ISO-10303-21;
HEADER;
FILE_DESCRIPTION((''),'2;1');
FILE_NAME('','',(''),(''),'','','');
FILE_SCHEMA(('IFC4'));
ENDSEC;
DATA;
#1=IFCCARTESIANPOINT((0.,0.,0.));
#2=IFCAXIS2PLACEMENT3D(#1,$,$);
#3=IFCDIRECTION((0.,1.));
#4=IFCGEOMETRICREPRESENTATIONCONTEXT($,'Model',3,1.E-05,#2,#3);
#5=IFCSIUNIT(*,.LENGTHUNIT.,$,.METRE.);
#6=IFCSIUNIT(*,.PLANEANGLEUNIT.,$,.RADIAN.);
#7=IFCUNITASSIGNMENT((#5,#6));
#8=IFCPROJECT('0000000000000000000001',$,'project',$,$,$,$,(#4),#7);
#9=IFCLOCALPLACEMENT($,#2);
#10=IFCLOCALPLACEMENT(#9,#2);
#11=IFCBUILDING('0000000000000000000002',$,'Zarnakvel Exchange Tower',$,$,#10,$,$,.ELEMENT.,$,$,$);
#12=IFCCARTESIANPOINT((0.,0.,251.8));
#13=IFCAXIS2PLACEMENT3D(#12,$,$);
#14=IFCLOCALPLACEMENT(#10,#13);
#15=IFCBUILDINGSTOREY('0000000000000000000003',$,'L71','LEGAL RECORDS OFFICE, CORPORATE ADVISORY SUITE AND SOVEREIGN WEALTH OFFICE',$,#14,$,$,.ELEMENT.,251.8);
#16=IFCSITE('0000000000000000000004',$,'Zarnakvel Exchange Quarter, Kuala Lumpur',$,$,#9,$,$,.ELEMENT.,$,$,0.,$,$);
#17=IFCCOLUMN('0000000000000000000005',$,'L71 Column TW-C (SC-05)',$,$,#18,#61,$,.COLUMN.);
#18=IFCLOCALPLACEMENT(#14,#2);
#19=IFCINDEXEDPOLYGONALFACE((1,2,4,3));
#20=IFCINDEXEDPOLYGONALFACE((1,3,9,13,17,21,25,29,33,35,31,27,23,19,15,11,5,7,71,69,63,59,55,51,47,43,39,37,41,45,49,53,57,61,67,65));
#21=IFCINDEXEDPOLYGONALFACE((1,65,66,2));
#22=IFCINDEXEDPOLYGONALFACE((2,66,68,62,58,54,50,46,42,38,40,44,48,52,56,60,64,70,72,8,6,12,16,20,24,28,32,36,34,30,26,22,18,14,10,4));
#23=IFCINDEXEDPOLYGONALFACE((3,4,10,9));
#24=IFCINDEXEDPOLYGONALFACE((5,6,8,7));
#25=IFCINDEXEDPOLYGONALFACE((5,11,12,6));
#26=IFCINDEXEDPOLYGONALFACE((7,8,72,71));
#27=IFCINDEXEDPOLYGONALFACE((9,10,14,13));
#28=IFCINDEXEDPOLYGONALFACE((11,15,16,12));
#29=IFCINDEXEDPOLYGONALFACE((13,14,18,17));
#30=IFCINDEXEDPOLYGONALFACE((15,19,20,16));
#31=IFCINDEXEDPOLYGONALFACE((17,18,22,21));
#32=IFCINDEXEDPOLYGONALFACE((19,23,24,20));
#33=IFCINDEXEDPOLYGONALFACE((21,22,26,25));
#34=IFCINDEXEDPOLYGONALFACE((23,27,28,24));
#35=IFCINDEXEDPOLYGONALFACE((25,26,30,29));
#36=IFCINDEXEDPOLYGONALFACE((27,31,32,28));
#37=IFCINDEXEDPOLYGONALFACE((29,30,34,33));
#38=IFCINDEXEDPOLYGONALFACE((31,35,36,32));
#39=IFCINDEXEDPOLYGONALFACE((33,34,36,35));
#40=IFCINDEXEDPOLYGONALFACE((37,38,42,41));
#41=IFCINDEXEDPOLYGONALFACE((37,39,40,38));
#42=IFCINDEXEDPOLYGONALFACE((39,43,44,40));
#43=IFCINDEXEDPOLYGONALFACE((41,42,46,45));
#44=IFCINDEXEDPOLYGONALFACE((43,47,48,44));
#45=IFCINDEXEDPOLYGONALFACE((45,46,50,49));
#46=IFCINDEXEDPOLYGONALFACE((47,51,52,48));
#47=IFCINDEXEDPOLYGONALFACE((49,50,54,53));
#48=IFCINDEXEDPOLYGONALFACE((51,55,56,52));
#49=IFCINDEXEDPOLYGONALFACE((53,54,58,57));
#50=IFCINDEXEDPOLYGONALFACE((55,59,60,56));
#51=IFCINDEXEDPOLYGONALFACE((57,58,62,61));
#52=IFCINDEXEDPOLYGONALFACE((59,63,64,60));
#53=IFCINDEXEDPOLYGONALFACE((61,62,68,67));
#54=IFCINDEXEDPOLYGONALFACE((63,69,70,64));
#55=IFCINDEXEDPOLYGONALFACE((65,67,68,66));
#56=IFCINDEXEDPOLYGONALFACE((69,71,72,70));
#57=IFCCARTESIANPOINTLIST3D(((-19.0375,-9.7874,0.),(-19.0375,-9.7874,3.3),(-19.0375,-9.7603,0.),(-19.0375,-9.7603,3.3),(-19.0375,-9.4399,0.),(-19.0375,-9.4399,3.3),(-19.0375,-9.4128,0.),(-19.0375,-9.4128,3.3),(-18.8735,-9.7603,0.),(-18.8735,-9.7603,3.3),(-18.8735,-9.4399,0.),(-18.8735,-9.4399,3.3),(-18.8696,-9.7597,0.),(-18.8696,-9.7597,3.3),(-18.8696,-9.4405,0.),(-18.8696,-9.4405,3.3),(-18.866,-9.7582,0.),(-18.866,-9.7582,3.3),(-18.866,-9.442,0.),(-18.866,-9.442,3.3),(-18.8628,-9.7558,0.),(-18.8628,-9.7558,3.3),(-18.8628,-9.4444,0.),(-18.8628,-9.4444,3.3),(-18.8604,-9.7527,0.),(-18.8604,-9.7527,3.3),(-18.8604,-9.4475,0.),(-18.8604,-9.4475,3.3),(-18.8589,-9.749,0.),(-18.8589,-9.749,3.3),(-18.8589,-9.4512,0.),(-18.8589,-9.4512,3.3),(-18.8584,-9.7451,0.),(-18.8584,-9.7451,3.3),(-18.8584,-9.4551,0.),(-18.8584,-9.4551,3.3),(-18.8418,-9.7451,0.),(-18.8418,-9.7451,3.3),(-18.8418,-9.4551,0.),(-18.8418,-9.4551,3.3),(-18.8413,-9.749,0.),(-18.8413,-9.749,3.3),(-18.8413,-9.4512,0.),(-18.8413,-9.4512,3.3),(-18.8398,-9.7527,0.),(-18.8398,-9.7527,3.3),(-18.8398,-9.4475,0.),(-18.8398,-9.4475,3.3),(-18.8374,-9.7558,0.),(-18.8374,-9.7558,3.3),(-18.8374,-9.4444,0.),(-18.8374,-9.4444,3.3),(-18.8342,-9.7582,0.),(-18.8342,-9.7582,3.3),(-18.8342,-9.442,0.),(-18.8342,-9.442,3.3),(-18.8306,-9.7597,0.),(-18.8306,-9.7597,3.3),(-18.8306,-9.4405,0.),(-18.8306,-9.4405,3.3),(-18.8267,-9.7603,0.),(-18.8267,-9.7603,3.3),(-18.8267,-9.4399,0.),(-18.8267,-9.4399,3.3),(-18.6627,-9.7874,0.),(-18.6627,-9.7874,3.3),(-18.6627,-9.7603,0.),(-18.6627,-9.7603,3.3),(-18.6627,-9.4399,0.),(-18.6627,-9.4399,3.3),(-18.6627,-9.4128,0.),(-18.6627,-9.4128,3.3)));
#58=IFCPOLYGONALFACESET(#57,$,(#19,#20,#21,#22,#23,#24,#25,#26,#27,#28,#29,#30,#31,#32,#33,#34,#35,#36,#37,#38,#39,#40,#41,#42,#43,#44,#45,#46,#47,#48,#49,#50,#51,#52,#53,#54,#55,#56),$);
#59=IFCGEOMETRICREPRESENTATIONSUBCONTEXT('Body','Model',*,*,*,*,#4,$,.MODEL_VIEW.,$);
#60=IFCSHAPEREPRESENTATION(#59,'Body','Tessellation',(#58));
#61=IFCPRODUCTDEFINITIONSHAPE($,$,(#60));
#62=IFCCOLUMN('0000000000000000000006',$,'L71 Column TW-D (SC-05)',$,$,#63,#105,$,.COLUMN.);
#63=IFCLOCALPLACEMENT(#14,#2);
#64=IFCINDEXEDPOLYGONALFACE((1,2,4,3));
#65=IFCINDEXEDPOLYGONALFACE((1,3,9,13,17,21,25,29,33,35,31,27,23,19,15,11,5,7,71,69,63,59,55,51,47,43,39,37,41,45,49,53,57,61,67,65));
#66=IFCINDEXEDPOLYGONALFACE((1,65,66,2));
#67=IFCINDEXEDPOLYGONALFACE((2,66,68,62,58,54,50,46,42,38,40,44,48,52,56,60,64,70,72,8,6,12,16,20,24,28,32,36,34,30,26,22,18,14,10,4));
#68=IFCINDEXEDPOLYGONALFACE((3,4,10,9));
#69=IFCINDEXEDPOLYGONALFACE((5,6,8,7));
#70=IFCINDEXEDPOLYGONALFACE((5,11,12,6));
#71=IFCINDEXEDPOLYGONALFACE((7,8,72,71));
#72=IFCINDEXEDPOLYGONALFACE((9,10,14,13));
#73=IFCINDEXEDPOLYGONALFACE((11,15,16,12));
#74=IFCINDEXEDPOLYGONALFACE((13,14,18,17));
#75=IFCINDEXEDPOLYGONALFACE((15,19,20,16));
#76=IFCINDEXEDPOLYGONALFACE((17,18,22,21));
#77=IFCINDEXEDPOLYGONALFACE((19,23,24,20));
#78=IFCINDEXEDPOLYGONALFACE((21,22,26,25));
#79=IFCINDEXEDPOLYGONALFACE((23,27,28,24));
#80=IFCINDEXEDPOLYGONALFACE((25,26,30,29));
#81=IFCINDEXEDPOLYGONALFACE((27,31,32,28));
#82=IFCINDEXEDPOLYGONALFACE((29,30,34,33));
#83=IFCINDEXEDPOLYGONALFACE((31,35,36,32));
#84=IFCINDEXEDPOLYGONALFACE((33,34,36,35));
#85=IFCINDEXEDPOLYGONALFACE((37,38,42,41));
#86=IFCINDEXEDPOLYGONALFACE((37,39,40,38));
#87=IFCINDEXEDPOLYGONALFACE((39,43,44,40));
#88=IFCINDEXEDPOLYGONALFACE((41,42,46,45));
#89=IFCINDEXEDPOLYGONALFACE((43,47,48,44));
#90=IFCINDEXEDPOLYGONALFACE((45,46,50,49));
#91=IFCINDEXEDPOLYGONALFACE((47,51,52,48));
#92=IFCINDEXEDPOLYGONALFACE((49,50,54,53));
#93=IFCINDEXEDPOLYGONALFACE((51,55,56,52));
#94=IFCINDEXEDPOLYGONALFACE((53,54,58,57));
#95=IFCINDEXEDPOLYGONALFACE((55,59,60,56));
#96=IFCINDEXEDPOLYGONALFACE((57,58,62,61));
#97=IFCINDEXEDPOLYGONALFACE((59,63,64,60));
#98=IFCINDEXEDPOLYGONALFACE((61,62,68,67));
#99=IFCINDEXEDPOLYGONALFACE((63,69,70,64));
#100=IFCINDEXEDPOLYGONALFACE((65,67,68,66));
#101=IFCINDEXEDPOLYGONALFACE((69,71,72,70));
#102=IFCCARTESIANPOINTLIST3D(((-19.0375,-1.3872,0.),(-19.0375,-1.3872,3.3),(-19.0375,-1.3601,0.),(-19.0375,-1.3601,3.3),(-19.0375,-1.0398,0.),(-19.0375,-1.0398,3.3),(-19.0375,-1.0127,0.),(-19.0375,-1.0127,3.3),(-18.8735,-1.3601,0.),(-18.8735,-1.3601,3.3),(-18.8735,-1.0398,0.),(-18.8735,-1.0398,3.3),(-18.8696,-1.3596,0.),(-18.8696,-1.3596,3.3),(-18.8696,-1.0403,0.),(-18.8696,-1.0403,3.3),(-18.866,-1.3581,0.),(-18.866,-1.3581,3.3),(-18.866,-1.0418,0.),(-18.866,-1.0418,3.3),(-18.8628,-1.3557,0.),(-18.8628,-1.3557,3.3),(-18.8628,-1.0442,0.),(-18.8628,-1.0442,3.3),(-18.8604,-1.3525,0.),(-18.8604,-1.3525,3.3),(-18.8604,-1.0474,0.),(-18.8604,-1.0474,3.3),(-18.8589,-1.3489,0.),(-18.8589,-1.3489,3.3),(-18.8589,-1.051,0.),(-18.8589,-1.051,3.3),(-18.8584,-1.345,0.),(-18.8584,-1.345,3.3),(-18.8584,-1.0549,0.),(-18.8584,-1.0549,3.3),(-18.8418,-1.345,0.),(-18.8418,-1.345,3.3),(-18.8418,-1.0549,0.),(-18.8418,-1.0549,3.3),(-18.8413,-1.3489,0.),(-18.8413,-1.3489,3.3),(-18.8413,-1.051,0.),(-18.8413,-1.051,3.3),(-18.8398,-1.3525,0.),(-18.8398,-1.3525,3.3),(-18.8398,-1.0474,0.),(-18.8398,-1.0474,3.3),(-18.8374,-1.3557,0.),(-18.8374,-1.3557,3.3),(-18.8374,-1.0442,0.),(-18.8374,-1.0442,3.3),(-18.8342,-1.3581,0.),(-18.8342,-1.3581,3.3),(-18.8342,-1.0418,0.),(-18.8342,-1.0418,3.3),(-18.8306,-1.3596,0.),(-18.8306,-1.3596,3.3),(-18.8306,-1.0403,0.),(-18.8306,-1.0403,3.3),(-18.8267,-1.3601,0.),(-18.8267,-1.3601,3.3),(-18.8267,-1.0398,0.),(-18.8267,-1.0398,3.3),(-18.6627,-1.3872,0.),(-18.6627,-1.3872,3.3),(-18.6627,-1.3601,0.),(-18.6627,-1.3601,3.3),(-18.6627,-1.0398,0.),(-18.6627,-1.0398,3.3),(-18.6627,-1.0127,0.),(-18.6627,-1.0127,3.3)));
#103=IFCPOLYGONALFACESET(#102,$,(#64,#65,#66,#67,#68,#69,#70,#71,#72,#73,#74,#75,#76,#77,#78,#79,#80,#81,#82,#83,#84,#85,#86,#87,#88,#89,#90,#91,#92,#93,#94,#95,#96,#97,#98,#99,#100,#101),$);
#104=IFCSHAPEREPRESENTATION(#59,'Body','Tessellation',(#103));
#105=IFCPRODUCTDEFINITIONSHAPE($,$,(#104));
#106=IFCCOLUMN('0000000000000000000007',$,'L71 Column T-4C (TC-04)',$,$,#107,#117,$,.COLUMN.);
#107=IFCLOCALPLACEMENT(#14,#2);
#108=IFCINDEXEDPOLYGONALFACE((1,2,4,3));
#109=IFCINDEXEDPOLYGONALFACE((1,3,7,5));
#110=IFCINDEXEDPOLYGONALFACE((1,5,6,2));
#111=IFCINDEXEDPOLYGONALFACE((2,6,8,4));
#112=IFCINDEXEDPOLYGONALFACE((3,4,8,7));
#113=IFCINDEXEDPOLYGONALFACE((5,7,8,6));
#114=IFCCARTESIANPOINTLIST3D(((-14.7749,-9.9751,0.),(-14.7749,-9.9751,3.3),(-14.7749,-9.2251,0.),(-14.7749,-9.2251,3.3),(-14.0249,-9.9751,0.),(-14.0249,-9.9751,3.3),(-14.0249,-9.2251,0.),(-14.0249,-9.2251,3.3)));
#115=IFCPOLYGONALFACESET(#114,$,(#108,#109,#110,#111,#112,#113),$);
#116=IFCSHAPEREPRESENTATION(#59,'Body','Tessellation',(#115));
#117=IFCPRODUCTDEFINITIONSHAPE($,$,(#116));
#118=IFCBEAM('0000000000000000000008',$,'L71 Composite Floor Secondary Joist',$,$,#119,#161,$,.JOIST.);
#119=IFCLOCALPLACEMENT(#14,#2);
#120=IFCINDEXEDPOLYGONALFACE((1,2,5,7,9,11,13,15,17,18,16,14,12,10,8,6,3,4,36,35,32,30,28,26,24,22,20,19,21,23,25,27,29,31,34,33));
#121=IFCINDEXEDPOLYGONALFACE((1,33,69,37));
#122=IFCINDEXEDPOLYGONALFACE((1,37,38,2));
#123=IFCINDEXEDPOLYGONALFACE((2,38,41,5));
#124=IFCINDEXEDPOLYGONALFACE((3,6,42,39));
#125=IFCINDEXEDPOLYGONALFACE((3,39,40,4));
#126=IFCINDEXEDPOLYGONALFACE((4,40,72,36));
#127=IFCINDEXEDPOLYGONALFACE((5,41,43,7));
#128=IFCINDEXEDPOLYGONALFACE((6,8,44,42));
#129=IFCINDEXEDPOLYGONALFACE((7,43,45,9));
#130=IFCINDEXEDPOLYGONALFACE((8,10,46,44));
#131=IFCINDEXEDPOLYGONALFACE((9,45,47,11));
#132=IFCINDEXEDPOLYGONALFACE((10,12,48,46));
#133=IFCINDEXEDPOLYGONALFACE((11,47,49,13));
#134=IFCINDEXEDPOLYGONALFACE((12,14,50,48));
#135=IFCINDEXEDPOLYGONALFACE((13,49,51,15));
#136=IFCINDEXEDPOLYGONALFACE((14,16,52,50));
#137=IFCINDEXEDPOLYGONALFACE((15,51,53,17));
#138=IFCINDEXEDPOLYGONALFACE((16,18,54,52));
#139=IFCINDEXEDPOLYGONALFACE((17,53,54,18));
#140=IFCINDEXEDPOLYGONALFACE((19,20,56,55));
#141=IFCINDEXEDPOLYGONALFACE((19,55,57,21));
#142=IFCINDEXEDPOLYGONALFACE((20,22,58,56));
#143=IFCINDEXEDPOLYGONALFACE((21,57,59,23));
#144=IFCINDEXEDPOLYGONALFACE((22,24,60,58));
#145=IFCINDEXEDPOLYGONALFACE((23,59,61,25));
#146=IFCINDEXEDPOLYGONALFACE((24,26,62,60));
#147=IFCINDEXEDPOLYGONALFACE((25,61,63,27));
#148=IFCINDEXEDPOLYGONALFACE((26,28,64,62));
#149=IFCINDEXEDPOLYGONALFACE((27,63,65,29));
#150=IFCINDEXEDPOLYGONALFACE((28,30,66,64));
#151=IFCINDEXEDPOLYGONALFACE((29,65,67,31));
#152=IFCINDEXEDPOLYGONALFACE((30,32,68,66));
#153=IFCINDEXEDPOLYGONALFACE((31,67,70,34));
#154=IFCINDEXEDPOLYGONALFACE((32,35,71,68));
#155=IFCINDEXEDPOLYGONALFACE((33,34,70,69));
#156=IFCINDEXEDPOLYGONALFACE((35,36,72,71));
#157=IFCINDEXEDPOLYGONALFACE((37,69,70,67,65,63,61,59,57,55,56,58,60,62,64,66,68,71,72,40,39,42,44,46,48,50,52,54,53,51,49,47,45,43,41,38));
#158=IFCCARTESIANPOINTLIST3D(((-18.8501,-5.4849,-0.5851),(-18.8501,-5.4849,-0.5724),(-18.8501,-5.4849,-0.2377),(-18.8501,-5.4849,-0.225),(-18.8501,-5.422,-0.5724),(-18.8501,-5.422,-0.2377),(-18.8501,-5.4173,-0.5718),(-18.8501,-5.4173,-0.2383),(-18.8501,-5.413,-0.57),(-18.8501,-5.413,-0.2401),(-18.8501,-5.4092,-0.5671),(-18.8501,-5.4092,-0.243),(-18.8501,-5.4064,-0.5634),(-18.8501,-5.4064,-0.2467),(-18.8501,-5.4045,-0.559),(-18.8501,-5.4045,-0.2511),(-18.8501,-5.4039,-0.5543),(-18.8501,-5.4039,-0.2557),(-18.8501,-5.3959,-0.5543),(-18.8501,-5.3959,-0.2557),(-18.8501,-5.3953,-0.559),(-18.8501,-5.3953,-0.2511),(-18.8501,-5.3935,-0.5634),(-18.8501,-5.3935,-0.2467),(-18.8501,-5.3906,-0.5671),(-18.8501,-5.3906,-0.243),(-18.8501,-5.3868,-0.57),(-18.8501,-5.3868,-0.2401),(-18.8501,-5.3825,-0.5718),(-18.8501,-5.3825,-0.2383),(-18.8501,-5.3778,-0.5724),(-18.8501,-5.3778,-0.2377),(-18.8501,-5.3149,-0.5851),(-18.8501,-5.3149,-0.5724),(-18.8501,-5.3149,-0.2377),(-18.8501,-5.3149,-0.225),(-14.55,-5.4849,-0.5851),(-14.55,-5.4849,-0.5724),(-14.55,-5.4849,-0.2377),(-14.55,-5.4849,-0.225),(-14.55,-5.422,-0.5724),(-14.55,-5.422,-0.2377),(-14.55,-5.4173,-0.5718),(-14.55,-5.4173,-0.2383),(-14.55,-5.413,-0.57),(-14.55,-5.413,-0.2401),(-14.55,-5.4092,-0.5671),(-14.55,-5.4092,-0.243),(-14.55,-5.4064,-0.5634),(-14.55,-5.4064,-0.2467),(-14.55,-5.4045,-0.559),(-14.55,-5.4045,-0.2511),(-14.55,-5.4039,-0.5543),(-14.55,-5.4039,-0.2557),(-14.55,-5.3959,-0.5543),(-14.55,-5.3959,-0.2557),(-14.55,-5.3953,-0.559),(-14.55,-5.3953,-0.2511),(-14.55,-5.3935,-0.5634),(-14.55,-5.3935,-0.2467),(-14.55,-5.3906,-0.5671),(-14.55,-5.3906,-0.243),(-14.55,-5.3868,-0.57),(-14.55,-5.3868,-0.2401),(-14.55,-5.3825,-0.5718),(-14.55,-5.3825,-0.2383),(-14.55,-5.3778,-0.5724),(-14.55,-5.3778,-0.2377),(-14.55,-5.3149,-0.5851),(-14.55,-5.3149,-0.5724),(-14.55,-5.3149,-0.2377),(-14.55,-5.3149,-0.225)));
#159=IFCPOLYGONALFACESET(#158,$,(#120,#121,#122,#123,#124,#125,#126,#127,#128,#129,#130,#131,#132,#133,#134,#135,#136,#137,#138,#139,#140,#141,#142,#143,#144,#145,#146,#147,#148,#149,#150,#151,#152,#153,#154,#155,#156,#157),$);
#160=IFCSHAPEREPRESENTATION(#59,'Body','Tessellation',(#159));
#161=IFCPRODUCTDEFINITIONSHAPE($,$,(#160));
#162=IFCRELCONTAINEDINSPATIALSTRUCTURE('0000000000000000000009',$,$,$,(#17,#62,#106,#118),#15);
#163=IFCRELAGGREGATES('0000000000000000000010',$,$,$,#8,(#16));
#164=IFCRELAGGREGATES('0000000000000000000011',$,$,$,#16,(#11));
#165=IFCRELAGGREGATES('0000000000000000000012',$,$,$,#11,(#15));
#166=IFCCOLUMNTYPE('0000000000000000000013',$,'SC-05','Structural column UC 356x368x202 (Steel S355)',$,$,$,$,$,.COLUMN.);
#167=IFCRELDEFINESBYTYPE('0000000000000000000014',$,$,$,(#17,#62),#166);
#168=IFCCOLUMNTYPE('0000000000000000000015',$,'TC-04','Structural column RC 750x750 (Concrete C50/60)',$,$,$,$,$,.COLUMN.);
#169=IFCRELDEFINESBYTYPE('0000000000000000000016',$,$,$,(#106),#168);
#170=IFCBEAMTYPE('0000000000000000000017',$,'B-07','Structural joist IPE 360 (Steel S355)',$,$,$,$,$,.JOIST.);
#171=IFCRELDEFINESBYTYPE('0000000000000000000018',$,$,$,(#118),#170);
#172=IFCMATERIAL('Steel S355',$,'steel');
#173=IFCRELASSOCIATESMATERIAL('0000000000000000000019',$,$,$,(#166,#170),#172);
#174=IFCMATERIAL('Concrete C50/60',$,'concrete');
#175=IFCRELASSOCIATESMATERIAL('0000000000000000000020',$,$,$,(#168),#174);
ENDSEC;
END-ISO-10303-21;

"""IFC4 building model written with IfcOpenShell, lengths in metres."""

from ifc_helpers import new_model, si_unit, direction, frame, origin, origin_2d, place, context, subcontext, project, spatial, rectangle, i_section, extrude, material, material_profile, profile_set, type_object, element, save


model = new_model("IFC4")

# Units and contexts
model_context = context("Model", 3, precision=1e-05, world=origin(), true_north=direction((0.0, 1.0)))
body_context = subcontext(model_context, "Body", "Model", "MODEL_VIEW")
ifc_project = project(units=[si_unit("LENGTHUNIT", "METRE"), si_unit("PLANEANGLEUNIT", "RADIAN")], contexts=[model_context])

# Site, building, storey
site_placement = place(None, origin())
site = spatial("IfcSite", under=ifc_project, at=site_placement, Name="Zarnakvel Exchange Quarter, Kuala Lumpur", CompositionType="ELEMENT", RefElevation=0.0)
building_placement = place(site_placement, origin())
building = spatial("IfcBuilding", under=site, at=building_placement, Name="Zarnakvel Exchange Tower", CompositionType="ELEMENT")
storey_placement = place(building_placement, frame((0.0, 0.0, 251.8)))
storey = spatial("IfcBuildingStorey", under=building, at=storey_placement, Name="L71", Description="LEGAL RECORDS OFFICE, CORPORATE ADVISORY SUITE AND SOVEREIGN WEALTH OFFICE", CompositionType="ELEMENT", Elevation=251.8)

# Columns
ifc_material_1 = material(Name="Steel S355", Category="steel")
ifc_material_profile_1 = material_profile(ifc_material_1, i_section(OverallWidth=0.3748, OverallDepth=0.3745, WebThickness=0.0166, FlangeThickness=0.0271, FilletRadius=0.0151, at=origin_2d()))
ifc_profile_set_1 = profile_set([ifc_material_profile_1], Name="Steel S355")
column_type_1 = type_object("IfcColumnType", Name="SC-05", Description="Structural column UC 356x368x202 (Steel S355)", PredefinedType="COLUMN", material=ifc_profile_set_1)
for number, where, z_axis, x_axis, name in (
    (1, (-18.8501, -9.6001, 0.0), (0.0, 0.0, 1.0), (1.0, 0.0, 0.0), "L71 Column TW-C (SC-05)"),
    (2, (-18.8501, -1.2, 0.0), (0.0, 0.0, 1.0), (1.0, 0.0, 0.0), "L71 Column TW-D (SC-05)"),
):
    element("IfcColumn", number, at=place(storey_placement, frame(where, z_axis=z_axis, x_axis=x_axis)), inside=storey, type_object=column_type_1, Name=name, PredefinedType="COLUMN", context=body_context, shape_type="SweptSolid", body=[
        extrude(i_section(OverallWidth=0.3748, OverallDepth=0.3745, WebThickness=0.0166, FlangeThickness=0.0271, FilletRadius=0.0151, at=origin_2d()), origin(), (0.0, 0.0, 1.0), 3.3),
    ])
ifc_material_2 = material(Name="Concrete C50/60", Category="concrete")
ifc_material_profile_2 = material_profile(ifc_material_2, rectangle(XDim=0.75, YDim=0.75, at=origin_2d()))
ifc_profile_set_2 = profile_set([ifc_material_profile_2], Name="Concrete C50/60")
column_type_2 = type_object("IfcColumnType", Name="TC-04", Description="Structural column RC 750x750 (Concrete C50/60)", PredefinedType="COLUMN", material=ifc_profile_set_2)
column_placement = place(storey_placement, frame((-14.3999, -9.6001, 0.0), z_axis=(0.0, 0.0, 1.0), x_axis=(1.0, 0.0, 0.0)))
element("IfcColumn", 3, at=column_placement, inside=storey, type_object=column_type_2, Name="L71 Column T-4C (TC-04)", PredefinedType="COLUMN", context=body_context, shape_type="SweptSolid", body=[
    extrude(rectangle(XDim=0.75, YDim=0.75, at=origin_2d()), origin(), (0.0, 0.0, 1.0), 3.3),
])

# Beam
ifc_material_profile_3 = material_profile(ifc_material_1, i_section(OverallWidth=0.1699, OverallDepth=0.3601, WebThickness=0.0081, FlangeThickness=0.0127, FilletRadius=0.0181, at=origin_2d()))
ifc_profile_set_3 = profile_set([ifc_material_profile_3], Name="Steel S355")
beam_type_1 = type_object("IfcBeamType", Name="B-07", Description="Structural joist IPE 360 (Steel S355)", PredefinedType="JOIST", material=ifc_profile_set_3)
beam_1_placement = place(storey_placement, frame((-18.8501, -5.3999, -0.405), z_axis=(1.0, 0.0, 0.0), x_axis=(0.0, 1.0, 0.0)))
element("IfcBeam", 4, at=beam_1_placement, inside=storey, type_object=beam_type_1, Name="L71 Composite Floor Secondary Joist", PredefinedType="JOIST", context=body_context, shape_type="SweptSolid", body=[
    extrude(i_section(OverallWidth=0.1699, OverallDepth=0.3601, WebThickness=0.0081, FlangeThickness=0.0127, FilletRadius=0.0181, at=origin_2d()), origin(), (0.0, 0.0, 1.0), 4.3),
])

save(model, "model.ifc")
